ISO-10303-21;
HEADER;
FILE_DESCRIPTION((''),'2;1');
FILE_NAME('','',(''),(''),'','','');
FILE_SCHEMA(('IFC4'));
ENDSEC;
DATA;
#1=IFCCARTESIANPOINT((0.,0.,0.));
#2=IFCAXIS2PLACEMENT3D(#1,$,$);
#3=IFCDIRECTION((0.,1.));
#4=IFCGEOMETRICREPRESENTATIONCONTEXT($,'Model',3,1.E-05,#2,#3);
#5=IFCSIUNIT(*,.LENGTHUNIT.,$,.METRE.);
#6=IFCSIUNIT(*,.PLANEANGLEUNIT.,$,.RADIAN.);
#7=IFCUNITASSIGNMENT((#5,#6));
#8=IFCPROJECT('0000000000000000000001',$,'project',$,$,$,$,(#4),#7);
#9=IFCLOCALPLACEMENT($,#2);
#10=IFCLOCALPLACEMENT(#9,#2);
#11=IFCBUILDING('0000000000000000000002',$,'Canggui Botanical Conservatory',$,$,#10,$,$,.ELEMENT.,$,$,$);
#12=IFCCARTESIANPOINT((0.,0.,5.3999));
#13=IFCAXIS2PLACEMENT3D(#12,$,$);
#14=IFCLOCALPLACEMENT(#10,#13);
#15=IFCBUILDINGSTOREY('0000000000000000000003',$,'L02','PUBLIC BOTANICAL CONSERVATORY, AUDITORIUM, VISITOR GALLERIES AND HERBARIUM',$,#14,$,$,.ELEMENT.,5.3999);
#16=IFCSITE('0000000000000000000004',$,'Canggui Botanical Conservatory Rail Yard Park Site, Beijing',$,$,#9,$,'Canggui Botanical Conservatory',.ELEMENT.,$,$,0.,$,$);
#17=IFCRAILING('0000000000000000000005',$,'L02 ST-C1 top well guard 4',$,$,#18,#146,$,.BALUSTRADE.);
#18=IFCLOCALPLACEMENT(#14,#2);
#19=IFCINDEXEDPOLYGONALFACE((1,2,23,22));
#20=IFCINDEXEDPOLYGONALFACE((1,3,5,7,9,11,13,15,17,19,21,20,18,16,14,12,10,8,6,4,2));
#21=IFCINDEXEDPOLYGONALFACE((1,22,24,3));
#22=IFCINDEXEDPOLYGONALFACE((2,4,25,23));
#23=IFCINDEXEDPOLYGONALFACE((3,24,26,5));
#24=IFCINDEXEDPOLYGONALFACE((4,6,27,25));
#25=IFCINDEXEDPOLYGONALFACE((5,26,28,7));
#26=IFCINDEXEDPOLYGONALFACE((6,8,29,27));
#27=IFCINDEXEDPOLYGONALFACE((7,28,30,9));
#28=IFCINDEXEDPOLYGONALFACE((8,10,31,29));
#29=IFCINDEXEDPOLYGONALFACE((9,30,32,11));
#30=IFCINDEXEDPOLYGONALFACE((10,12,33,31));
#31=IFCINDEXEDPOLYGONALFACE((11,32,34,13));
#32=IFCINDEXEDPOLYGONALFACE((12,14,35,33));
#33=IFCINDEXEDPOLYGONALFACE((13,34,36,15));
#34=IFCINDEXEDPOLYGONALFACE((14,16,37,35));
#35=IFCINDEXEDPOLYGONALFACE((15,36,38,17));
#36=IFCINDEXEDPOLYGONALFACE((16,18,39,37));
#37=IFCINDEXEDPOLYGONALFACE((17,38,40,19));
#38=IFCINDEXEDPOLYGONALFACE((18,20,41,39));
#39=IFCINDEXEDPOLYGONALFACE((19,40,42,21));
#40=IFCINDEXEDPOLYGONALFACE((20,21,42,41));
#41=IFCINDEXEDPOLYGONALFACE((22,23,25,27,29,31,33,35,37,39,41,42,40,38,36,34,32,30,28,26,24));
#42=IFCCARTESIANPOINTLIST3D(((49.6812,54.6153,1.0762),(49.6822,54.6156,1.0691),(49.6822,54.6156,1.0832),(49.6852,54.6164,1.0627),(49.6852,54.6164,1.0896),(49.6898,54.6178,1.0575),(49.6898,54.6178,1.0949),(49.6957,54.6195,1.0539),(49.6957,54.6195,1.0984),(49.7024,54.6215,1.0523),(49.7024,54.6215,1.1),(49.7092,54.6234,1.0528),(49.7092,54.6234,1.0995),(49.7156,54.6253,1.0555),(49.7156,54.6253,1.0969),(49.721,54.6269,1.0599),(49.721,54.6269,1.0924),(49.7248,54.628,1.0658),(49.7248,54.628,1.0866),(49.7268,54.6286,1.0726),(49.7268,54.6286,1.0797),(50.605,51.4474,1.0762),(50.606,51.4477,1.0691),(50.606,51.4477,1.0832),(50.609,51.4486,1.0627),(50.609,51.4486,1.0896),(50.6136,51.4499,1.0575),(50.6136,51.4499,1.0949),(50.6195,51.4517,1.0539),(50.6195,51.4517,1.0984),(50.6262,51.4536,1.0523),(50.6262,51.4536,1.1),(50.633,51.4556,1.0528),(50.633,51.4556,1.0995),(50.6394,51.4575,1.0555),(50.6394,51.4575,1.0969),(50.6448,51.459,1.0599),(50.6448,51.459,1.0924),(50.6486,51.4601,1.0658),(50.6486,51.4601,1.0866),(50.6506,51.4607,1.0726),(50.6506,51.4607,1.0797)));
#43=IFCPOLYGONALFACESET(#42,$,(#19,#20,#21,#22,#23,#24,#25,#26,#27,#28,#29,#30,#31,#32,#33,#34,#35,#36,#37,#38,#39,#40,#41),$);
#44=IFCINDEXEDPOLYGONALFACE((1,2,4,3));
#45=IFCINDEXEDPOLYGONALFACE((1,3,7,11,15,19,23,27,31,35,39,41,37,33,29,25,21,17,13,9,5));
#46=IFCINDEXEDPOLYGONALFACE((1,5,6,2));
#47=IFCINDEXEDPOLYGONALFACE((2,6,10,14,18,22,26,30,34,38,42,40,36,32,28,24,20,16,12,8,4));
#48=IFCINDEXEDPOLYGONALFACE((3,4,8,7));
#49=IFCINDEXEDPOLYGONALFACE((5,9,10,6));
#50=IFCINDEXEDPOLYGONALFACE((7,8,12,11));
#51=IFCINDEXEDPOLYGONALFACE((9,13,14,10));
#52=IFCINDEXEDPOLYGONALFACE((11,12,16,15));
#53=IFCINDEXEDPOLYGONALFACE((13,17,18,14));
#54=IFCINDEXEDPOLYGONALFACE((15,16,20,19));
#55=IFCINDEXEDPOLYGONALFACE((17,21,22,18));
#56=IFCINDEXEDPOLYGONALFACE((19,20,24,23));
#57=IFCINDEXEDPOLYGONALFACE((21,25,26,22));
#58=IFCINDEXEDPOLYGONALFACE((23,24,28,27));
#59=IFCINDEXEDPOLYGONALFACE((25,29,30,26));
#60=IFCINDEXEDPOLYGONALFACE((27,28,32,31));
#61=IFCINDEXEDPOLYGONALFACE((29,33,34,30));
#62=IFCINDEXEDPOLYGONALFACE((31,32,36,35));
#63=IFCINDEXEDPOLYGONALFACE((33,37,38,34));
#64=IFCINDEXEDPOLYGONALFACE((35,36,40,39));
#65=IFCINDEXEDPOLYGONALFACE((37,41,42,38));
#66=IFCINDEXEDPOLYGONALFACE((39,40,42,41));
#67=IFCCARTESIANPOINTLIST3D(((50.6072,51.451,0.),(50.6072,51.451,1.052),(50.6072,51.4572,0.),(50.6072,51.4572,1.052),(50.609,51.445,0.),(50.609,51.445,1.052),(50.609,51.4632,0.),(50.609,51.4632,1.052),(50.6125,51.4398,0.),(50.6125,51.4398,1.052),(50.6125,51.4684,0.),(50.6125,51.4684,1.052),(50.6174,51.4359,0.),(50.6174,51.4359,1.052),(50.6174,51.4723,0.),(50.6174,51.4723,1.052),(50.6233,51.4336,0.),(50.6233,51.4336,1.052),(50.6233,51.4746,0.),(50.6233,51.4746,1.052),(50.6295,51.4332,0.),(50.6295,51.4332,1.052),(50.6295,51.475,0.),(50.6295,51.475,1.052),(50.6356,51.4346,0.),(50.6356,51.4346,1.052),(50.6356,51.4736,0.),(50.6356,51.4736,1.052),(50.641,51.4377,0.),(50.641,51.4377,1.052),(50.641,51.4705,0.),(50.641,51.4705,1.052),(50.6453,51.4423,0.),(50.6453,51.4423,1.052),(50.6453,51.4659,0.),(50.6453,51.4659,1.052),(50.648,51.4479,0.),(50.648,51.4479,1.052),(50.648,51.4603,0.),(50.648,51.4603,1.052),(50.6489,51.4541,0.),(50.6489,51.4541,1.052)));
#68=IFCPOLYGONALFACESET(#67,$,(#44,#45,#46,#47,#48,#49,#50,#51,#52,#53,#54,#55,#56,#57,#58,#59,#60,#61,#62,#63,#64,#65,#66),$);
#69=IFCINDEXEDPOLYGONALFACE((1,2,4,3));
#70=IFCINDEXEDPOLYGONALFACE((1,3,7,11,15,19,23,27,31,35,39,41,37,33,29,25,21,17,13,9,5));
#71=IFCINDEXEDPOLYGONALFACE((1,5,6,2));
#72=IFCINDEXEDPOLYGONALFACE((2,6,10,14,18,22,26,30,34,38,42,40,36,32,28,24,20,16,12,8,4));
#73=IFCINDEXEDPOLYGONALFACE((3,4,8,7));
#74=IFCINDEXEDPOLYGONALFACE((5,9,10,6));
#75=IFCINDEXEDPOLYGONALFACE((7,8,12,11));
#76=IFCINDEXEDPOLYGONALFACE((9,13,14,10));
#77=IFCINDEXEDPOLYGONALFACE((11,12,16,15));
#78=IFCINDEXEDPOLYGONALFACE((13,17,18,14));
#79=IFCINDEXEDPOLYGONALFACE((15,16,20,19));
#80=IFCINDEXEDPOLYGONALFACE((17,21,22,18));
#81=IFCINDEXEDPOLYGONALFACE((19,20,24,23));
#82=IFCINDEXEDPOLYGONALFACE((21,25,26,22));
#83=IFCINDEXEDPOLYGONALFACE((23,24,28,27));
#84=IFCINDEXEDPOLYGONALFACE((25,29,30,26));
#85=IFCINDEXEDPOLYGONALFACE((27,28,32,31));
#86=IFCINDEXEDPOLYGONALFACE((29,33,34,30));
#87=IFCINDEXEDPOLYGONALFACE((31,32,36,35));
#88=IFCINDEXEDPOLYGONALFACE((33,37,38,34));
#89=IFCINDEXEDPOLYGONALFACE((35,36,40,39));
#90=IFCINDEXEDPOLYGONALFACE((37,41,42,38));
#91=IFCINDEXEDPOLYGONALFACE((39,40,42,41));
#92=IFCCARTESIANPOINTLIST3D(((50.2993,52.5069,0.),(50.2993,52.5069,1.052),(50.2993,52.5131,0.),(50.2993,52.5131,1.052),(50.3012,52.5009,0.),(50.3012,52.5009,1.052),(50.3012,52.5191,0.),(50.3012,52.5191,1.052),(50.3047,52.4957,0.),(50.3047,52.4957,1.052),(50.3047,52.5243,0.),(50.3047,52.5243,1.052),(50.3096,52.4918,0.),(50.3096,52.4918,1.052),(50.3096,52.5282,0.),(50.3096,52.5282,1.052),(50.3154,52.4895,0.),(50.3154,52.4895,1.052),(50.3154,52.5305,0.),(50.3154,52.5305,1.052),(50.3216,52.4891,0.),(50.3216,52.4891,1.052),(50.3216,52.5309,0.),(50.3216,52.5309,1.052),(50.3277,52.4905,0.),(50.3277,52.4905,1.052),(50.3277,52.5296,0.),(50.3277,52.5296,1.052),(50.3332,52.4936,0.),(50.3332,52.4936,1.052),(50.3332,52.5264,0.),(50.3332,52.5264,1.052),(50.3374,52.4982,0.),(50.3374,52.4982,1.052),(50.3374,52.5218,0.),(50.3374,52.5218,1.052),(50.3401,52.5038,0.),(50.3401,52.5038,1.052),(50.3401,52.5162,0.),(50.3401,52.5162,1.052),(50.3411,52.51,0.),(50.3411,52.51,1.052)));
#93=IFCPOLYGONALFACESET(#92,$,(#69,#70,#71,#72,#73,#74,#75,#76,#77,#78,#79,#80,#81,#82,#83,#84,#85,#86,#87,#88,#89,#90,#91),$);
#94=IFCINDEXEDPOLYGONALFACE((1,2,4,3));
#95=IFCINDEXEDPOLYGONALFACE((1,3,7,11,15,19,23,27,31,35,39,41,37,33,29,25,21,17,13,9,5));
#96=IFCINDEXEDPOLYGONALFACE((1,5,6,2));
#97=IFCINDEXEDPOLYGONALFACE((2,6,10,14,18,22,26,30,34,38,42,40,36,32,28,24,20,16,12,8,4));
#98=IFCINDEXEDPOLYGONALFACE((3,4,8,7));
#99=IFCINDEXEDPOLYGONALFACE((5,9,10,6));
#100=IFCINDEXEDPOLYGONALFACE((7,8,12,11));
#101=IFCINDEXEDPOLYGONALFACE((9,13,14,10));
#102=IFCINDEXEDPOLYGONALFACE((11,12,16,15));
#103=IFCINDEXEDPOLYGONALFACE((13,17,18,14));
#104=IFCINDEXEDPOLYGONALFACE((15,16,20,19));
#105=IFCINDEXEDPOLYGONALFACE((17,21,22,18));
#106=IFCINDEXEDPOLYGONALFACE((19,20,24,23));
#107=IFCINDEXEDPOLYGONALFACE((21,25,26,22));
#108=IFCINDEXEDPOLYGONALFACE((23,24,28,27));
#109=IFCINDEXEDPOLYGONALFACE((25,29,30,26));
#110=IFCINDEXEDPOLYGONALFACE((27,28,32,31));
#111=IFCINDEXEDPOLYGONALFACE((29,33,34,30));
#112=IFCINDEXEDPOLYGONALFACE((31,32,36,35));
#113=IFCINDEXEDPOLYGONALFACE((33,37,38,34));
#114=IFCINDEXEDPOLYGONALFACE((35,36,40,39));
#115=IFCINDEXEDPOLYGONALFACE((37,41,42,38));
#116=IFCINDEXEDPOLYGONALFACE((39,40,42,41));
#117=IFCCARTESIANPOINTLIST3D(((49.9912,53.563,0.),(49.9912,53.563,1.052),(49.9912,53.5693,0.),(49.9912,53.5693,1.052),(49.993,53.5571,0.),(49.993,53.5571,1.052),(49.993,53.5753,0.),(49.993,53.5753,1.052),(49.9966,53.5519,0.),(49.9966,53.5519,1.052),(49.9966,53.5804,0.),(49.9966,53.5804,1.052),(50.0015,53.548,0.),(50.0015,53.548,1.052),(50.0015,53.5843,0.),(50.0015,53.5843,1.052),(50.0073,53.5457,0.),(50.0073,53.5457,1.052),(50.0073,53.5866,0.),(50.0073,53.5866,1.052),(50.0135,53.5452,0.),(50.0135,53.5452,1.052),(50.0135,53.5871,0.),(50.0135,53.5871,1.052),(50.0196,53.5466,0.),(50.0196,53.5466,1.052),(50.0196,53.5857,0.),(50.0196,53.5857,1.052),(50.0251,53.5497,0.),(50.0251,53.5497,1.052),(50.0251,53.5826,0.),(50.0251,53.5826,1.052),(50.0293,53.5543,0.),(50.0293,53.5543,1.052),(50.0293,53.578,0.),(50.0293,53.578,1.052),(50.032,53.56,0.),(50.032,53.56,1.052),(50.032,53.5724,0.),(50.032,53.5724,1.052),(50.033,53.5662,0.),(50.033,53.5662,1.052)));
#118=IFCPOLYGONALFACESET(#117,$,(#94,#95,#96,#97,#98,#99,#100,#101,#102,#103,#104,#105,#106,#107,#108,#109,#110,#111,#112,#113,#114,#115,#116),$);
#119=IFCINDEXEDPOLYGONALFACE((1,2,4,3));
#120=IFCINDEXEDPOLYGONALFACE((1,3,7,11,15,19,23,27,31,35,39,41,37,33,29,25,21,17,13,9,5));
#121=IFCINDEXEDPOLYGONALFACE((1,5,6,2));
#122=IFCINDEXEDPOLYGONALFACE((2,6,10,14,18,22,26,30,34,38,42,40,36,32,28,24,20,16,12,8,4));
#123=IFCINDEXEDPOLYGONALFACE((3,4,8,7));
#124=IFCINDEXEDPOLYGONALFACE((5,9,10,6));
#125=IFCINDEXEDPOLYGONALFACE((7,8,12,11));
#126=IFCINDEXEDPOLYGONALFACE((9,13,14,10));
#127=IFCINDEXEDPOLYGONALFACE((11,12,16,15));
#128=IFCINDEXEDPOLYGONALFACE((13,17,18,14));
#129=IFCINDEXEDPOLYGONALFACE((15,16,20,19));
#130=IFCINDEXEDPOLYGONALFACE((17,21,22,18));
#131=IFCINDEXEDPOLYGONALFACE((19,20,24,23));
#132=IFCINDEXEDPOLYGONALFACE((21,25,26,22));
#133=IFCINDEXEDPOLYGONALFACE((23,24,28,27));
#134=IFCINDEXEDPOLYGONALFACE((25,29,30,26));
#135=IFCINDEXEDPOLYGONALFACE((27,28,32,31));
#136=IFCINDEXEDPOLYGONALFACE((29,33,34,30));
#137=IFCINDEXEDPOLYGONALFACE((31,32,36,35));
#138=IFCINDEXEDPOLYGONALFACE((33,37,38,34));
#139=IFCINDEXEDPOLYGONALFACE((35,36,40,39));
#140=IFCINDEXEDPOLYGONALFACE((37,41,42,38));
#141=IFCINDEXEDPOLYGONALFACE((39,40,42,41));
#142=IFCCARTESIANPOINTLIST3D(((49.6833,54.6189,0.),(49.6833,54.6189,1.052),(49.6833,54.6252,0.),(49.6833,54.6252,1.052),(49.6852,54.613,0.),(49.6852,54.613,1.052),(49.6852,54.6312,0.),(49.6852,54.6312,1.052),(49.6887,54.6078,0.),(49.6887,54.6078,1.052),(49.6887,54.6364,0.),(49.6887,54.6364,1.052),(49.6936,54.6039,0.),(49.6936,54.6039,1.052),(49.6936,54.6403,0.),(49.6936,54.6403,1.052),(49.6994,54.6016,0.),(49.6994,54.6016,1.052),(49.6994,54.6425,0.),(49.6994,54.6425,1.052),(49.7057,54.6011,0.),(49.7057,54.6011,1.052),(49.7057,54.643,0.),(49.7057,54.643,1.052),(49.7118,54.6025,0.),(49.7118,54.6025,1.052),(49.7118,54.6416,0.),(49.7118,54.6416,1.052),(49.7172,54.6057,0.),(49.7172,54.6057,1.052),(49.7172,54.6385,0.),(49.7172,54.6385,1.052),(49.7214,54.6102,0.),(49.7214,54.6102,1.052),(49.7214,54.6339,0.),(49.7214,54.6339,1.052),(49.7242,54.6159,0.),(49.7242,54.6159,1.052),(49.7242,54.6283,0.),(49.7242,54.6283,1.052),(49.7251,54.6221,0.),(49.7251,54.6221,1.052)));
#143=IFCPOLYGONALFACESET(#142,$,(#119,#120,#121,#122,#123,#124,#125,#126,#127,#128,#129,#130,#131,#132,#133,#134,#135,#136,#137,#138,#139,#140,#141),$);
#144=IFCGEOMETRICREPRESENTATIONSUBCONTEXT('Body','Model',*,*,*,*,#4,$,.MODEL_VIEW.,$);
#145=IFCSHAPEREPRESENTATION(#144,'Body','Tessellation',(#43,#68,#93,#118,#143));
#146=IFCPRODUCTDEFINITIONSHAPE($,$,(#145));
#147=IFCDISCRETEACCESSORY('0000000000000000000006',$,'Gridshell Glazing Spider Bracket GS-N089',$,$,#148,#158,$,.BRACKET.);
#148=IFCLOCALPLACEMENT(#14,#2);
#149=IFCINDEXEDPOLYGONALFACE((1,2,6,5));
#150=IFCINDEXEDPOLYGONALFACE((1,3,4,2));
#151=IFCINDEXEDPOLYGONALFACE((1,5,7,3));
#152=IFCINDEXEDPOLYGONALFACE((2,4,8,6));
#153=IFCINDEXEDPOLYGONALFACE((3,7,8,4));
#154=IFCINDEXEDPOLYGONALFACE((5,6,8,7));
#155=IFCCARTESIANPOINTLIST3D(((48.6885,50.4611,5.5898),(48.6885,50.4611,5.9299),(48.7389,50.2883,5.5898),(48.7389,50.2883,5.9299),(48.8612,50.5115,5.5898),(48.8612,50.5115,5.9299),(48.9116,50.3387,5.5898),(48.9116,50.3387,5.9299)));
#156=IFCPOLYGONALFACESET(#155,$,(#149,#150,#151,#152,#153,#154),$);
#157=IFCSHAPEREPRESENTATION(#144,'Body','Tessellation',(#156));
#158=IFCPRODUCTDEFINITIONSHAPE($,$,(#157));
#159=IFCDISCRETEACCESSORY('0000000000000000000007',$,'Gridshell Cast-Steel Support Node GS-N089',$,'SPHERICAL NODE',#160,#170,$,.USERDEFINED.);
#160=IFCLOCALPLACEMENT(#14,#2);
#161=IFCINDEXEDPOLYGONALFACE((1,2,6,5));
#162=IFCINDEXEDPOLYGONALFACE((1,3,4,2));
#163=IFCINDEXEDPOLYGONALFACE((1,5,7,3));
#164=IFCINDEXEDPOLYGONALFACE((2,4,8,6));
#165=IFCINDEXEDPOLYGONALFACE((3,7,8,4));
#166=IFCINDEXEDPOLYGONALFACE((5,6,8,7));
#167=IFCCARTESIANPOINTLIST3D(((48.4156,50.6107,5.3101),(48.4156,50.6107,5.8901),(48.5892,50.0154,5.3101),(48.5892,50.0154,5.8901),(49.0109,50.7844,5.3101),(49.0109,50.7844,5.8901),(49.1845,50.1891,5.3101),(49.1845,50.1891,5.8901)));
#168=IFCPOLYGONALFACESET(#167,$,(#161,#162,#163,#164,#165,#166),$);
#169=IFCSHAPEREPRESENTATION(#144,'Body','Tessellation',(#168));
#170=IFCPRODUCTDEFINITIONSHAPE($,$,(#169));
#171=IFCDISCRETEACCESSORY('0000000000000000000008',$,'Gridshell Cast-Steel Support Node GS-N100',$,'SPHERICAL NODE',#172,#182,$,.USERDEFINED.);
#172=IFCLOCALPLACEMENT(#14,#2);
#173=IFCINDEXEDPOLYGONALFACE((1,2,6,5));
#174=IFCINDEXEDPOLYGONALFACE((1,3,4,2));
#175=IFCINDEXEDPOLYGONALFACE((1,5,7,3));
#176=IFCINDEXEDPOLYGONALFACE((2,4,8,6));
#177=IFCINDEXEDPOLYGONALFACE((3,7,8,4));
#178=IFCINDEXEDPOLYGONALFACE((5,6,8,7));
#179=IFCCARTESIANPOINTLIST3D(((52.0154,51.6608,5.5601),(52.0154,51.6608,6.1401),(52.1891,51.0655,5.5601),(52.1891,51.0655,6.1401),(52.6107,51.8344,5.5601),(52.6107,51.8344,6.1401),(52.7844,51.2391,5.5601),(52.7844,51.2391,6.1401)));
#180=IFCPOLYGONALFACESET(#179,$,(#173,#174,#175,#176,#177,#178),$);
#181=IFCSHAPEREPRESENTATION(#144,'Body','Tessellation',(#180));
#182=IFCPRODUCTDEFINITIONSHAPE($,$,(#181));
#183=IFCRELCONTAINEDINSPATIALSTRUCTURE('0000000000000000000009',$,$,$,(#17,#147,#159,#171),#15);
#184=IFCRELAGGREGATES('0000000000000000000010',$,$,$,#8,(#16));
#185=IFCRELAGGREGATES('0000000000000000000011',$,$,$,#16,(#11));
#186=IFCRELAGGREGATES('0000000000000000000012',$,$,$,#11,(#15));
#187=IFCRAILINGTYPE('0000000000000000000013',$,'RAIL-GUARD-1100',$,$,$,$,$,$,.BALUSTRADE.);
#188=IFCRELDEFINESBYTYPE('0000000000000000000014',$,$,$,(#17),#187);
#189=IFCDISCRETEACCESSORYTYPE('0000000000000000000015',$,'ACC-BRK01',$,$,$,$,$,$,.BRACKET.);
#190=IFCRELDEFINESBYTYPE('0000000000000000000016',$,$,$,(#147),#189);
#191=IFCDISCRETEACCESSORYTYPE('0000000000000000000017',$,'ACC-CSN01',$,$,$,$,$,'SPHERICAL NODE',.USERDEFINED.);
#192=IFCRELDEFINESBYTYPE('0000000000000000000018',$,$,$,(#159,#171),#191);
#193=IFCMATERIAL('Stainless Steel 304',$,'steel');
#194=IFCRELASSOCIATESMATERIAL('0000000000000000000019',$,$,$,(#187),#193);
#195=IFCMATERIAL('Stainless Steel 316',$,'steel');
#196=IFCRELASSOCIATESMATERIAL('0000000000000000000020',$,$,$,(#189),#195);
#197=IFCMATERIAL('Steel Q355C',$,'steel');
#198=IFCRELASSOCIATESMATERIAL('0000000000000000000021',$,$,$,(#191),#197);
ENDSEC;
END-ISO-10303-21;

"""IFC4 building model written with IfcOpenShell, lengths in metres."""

from ifc_helpers import new_model, si_unit, direction, frame, origin, origin_2d, place, context, subcontext, project, spatial, rectangle, circle, extrude, material, type_object, element, save


model = new_model("IFC4")

# Units and contexts
model_context = context("Model", 3, precision=1e-05, world=origin(), true_north=direction((0.0, 1.0)))
body_context = subcontext(model_context, "Body", "Model", "MODEL_VIEW")
ifc_project = project(units=[si_unit("LENGTHUNIT", "METRE"), si_unit("PLANEANGLEUNIT", "RADIAN")], contexts=[model_context])

# Site, building, storey
site_placement = place(None, origin())
site = spatial("IfcSite", under=ifc_project, at=site_placement, Name="Canggui Botanical Conservatory Rail Yard Park Site, Beijing", LongName="Canggui Botanical Conservatory", CompositionType="ELEMENT", RefElevation=0.0)
building_placement = place(site_placement, origin())
building = spatial("IfcBuilding", under=site, at=building_placement, Name="Canggui Botanical Conservatory", CompositionType="ELEMENT")
storey_placement = place(building_placement, frame((0.0, 0.0, 5.3999)))
storey = spatial("IfcBuildingStorey", under=building, at=storey_placement, Name="L02", Description="PUBLIC BOTANICAL CONSERVATORY, AUDITORIUM, VISITOR GALLERIES AND HERBARIUM", CompositionType="ELEMENT", Elevation=5.3999)

# Shared definitions
ifc_material_1 = material(Name="Steel Q355C", Category="steel")

# Railing
ifc_material_2 = material(Name="Stainless Steel 304", Category="steel")
railing_type = type_object("IfcRailingType", Name="RAIL-GUARD-1100", PredefinedType="BALUSTRADE", material=ifc_material_2)
railing_placement = place(storey_placement, frame((50.6279, 51.4541, 0.0)))
element("IfcRailing", 1, at=railing_placement, inside=storey, type_object=railing_type, Name="L02 ST-C1 top well guard 4", PredefinedType="BALUSTRADE", context=body_context, shape_type="SweptSolid", body=[
    extrude(circle(Radius=0.0239, at=origin_2d()), frame((0.0, 0.0, 1.0762), z_axis=(-0.279955, 0.960013, 0.0), x_axis=(-0.960013, -0.279955, 0.0)), (0.0, 0.0, 1.0), 3.2998),
    extrude(circle(Radius=0.021, at=origin_2d()), origin(), (0.0, 0.0, 1.0), 1.052),
    extrude(circle(Radius=0.021, at=origin_2d()), frame((-0.3079, 1.0559, 0.0)), (0.0, 0.0, 1.0), 1.052),
    extrude(circle(Radius=0.021, at=origin_2d()), frame((-0.616, 2.1121, 0.0)), (0.0, 0.0, 1.0), 1.052),
    extrude(circle(Radius=0.021, at=origin_2d()), frame((-0.9238, 3.168, 0.0)), (0.0, 0.0, 1.0), 1.052),
])

# Discrete accessories
ifc_material_3 = material(Name="Stainless Steel 316", Category="steel")
discrete_accessory_type_1 = type_object("IfcDiscreteAccessoryType", Name="ACC-BRK01", PredefinedType="BRACKET", material=ifc_material_3)
discrete_accessory_placement = place(storey_placement, frame((48.8, 50.3999, 5.5898), z_axis=(0.0, 0.0, 1.0), x_axis=(0.96, 0.28, 0.0)))
element("IfcDiscreteAccessory", 2, at=discrete_accessory_placement, inside=storey, type_object=discrete_accessory_type_1, Name="Gridshell Glazing Spider Bracket GS-N089", PredefinedType="BRACKET", context=body_context, shape_type="SweptSolid", body=[
    extrude(rectangle(XDim=0.1799, YDim=0.1799, at=origin_2d()), origin(), (0.0, 0.0, 1.0), 0.3401),
])
discrete_accessory_type_2 = type_object("IfcDiscreteAccessoryType", Name="ACC-CSN01", ElementType="SPHERICAL NODE", PredefinedType="USERDEFINED", material=ifc_material_1)
for number, where, z_axis, x_axis, name in (
    (3, (48.8, 50.3999, 5.3101), (0.0, 0.0, 1.0), (0.96, 0.28, 0.0), "Gridshell Cast-Steel Support Node GS-N089"),
    (4, (52.3999, 51.45, 5.5601), (0.0, 0.0, 1.0), (0.96, 0.28, 0.0), "Gridshell Cast-Steel Support Node GS-N100"),
):
    element("IfcDiscreteAccessory", number, at=place(storey_placement, frame(where, z_axis=z_axis, x_axis=x_axis)), inside=storey, type_object=discrete_accessory_type_2, Name=name, ObjectType="SPHERICAL NODE", PredefinedType="USERDEFINED", context=body_context, shape_type="SweptSolid", body=[
        extrude(rectangle(XDim=0.6201, YDim=0.6201, at=origin_2d()), origin(), (0.0, 0.0, 1.0), 0.5801),
    ])

save(model, "model.ifc")
